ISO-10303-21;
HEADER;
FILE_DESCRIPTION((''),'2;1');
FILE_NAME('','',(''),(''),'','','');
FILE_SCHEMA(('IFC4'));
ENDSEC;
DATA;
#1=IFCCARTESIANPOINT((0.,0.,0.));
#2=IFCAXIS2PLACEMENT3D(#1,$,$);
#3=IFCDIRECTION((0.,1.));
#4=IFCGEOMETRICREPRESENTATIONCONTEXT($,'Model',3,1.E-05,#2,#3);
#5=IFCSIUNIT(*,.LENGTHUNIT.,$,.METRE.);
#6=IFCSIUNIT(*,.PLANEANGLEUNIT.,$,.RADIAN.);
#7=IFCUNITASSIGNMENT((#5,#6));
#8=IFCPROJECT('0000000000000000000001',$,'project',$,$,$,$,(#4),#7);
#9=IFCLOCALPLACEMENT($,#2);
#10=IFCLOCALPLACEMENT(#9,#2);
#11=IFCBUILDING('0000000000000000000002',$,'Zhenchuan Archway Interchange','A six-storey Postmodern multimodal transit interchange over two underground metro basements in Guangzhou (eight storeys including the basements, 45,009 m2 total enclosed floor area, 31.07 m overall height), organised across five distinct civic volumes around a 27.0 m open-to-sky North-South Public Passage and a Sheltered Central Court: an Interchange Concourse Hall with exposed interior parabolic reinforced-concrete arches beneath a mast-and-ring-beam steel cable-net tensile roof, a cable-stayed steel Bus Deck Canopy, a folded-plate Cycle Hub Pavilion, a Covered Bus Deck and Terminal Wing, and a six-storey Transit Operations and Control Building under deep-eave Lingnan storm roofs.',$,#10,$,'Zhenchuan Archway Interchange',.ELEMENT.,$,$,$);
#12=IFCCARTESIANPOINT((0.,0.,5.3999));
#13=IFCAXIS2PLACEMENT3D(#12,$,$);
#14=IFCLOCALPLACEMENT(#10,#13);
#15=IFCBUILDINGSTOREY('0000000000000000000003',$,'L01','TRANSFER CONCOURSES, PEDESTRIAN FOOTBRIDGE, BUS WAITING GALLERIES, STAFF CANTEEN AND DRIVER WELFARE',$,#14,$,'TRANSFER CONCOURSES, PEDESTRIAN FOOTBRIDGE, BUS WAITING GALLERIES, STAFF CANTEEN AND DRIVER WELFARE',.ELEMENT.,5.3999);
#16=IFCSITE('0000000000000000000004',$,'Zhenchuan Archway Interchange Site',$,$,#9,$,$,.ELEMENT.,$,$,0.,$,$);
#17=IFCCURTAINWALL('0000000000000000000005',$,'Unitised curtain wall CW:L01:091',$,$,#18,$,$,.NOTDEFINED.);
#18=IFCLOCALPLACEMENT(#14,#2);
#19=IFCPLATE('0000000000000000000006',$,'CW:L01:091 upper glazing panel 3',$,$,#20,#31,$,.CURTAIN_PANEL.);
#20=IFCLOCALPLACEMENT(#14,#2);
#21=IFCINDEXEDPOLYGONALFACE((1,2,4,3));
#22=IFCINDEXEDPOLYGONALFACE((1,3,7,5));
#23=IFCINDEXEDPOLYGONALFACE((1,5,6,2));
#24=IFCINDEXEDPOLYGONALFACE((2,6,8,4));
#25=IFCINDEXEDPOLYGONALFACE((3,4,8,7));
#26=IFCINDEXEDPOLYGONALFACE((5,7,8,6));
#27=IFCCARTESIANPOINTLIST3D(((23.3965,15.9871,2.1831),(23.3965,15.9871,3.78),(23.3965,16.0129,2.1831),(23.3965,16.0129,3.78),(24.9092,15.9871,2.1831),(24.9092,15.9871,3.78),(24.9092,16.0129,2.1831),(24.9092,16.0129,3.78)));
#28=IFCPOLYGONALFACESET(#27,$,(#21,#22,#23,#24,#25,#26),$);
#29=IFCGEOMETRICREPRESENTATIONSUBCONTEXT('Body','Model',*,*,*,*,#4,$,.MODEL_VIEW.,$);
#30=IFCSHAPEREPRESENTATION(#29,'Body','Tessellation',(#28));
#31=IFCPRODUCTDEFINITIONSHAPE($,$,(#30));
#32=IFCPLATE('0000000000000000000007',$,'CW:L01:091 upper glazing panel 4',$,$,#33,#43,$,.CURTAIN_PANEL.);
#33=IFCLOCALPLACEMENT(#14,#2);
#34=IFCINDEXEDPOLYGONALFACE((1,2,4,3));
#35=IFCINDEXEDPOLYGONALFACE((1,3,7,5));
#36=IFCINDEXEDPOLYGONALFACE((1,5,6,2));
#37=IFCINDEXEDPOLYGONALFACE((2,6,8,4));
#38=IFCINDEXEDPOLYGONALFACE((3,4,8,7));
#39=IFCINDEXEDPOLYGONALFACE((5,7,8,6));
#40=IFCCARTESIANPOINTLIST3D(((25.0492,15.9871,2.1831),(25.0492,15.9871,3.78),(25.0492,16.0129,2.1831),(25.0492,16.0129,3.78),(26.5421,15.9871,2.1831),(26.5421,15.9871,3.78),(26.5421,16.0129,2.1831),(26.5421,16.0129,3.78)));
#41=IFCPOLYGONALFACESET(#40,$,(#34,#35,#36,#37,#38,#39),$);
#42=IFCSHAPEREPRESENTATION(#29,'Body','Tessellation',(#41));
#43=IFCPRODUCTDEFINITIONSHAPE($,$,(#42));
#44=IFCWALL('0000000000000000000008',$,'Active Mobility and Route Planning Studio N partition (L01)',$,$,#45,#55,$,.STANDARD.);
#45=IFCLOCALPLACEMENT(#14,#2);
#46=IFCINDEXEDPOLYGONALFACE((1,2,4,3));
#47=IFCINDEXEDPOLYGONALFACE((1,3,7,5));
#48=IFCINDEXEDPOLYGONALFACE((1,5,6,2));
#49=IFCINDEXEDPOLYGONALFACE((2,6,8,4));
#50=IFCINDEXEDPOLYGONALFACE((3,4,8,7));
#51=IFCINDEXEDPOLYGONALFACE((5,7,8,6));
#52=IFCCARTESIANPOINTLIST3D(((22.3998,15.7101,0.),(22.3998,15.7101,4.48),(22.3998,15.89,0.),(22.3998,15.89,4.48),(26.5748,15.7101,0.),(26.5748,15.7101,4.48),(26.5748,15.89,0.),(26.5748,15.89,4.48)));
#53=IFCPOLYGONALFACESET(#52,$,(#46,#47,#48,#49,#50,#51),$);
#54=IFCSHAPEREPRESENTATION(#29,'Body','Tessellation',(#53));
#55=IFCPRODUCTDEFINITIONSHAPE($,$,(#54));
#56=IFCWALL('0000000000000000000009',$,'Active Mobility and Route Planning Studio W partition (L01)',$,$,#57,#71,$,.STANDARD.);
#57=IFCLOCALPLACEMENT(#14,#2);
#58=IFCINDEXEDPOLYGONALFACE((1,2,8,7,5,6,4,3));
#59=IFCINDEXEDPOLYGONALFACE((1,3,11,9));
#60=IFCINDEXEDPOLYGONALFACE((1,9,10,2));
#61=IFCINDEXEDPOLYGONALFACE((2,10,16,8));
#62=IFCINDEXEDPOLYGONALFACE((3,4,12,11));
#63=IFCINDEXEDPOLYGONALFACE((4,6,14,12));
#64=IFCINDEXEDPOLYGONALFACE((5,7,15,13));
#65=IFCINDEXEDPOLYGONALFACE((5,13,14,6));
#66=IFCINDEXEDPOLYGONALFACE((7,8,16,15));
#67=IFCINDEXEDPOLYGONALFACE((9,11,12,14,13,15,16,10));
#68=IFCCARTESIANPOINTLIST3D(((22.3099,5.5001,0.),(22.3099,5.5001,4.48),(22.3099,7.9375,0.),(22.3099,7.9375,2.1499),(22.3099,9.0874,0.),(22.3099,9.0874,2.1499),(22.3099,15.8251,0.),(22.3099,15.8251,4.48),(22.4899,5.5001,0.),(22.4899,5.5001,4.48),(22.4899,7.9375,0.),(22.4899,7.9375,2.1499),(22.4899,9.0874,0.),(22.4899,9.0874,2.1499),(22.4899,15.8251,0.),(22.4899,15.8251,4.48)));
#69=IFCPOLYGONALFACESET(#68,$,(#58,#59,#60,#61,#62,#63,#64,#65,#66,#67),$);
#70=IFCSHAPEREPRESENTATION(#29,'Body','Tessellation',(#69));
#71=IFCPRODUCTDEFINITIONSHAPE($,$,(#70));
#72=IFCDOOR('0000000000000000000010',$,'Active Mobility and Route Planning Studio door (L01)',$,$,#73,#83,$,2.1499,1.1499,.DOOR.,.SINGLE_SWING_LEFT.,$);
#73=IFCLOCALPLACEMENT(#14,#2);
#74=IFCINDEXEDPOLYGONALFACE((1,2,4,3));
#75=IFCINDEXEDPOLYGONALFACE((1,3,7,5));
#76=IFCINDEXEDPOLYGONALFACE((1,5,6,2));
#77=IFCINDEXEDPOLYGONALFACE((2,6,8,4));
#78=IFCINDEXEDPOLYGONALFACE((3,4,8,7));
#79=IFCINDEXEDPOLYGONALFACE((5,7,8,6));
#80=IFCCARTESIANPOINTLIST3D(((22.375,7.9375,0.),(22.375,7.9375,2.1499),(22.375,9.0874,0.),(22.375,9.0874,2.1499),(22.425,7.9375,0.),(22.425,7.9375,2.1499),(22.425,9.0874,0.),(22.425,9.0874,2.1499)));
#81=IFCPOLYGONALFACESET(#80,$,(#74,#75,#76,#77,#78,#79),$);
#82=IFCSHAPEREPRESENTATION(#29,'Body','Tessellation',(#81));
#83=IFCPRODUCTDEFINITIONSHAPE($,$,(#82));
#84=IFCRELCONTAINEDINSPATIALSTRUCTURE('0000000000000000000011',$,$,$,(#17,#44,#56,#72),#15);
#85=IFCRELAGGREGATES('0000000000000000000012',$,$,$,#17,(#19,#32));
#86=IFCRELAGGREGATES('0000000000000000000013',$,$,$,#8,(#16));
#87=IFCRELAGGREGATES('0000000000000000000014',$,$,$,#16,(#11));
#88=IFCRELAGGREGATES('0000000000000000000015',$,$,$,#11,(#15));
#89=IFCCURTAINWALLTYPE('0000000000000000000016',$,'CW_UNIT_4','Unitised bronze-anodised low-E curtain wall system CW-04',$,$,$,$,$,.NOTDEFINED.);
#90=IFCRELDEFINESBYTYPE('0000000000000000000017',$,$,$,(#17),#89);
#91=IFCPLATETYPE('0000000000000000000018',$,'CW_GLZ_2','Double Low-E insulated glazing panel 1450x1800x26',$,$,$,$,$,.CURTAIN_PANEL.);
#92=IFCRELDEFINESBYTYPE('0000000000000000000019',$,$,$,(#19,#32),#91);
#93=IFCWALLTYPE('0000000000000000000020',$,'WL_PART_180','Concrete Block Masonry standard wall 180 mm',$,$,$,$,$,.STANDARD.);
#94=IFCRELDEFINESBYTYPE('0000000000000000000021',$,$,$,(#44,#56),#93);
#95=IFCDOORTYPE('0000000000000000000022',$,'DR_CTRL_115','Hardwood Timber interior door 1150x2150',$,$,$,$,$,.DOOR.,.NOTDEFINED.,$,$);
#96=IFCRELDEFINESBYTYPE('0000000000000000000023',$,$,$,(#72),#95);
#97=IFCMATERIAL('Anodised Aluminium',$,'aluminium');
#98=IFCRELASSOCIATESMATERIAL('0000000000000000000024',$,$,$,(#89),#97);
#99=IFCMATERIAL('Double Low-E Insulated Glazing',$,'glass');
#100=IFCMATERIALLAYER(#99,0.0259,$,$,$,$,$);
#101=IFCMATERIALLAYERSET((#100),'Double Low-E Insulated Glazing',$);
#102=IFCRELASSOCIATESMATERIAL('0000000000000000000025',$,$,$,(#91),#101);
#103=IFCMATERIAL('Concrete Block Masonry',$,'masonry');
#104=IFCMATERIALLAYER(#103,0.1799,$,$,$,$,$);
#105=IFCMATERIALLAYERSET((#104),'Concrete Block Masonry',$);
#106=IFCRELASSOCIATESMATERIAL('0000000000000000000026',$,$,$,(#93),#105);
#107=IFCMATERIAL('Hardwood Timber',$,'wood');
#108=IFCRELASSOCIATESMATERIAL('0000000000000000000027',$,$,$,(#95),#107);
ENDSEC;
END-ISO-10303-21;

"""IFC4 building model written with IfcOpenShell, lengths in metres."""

from ifc_helpers import new_model, si_unit, direction, frame, frame_2d, origin, origin_2d, place, context, subcontext, project, spatial, rectangle, extrude, material, layer, layer_set, type_object, element, fill, aggregate, save


model = new_model("IFC4")

# Units and contexts
model_context = context("Model", 3, precision=1e-05, world=origin(), true_north=direction((0.0, 1.0)))
body_context = subcontext(model_context, "Body", "Model", "MODEL_VIEW")
ifc_project = project(units=[si_unit("LENGTHUNIT", "METRE"), si_unit("PLANEANGLEUNIT", "RADIAN")], contexts=[model_context])

# Site, building, storey
site_placement = place(None, origin())
site = spatial("IfcSite", under=ifc_project, at=site_placement, Name="Zhenchuan Archway Interchange Site", CompositionType="ELEMENT", RefElevation=0.0)
building_placement = place(site_placement, origin())
building = spatial("IfcBuilding", under=site, at=building_placement, Name="Zhenchuan Archway Interchange", Description="A six-storey Postmodern multimodal transit interchange over two underground metro basements in Guangzhou (eight storeys including the basements, 45,009 m2 total enclosed floor area, 31.07 m overall height), organised across five distinct civic volumes around a 27.0 m open-to-sky North-South Public Passage and a Sheltered Central Court: an Interchange Concourse Hall with exposed interior parabolic reinforced-concrete arches beneath a mast-and-ring-beam steel cable-net tensile roof, a cable-stayed steel Bus Deck Canopy, a folded-plate Cycle Hub Pavilion, a Covered Bus Deck and Terminal Wing, and a six-storey Transit Operations and Control Building under deep-eave Lingnan storm roofs.", LongName="Zhenchuan Archway Interchange", CompositionType="ELEMENT")
storey_placement = place(building_placement, frame((0.0, 0.0, 5.3999)))
storey = spatial("IfcBuildingStorey", under=building, at=storey_placement, Name="L01", Description="TRANSFER CONCOURSES, PEDESTRIAN FOOTBRIDGE, BUS WAITING GALLERIES, STAFF CANTEEN AND DRIVER WELFARE", LongName="TRANSFER CONCOURSES, PEDESTRIAN FOOTBRIDGE, BUS WAITING GALLERIES, STAFF CANTEEN AND DRIVER WELFARE", CompositionType="ELEMENT", Elevation=5.3999)

# Curtain wall
ifc_material_1 = material(Name="Anodised Aluminium", Category="aluminium")
curtain_wall_type = type_object("IfcCurtainWallType", Name="CW_UNIT_4", Description="Unitised bronze-anodised low-E curtain wall system CW-04", PredefinedType="NOTDEFINED", material=ifc_material_1)
curtain_wall_placement = place(storey_placement, origin())
curtain_wall = element("IfcCurtainWall", 1, at=curtain_wall_placement, inside=storey, type_object=curtain_wall_type, Name="Unitised curtain wall CW:L01:091", PredefinedType="NOTDEFINED")

# Plates
ifc_material_2 = material(Name="Double Low-E Insulated Glazing", Category="glass")
ifc_layer_1 = layer(ifc_material_2, 0.0259)
ifc_layer_set_1 = layer_set([ifc_layer_1], Name="Double Low-E Insulated Glazing")
plate_type_1 = type_object("IfcPlateType", Name="CW_GLZ_2", Description="Double Low-E insulated glazing panel 1450x1800x26", PredefinedType="CURTAIN_PANEL", material=ifc_layer_set_1)
plate_1_placement = place(storey_placement, frame((24.1528, 16.0, 2.1831), z_axis=(0.0, 0.0, 1.0), x_axis=(1.0, 0.0, 0.0)))
plate_1 = element("IfcPlate", 2, at=plate_1_placement, type_object=plate_type_1, Name="CW:L01:091 upper glazing panel 3", PredefinedType="CURTAIN_PANEL", context=body_context, shape_type="SweptSolid", body=[
    extrude(rectangle(XDim=1.5127, YDim=0.0259, at=origin_2d()), origin(), (0.0, 0.0, 1.0), 1.5969),
])
plate_2_placement = place(storey_placement, frame((25.7957, 16.0, 2.1831), z_axis=(0.0, 0.0, 1.0), x_axis=(1.0, 0.0, 0.0)))
plate_2 = element("IfcPlate", 3, at=plate_2_placement, type_object=plate_type_1, Name="CW:L01:091 upper glazing panel 4", PredefinedType="CURTAIN_PANEL", context=body_context, shape_type="SweptSolid", body=[
    extrude(rectangle(XDim=1.4929, YDim=0.0259, at=origin_2d()), origin(), (0.0, 0.0, 1.0), 1.5969),
])
aggregate(curtain_wall, [plate_1, plate_2])

# Wall
ifc_material_3 = material(Name="Concrete Block Masonry", Category="masonry")
ifc_layer_2 = layer(ifc_material_3, 0.1799)
ifc_layer_set_2 = layer_set([ifc_layer_2], Name="Concrete Block Masonry")
wall_type = type_object("IfcWallType", Name="WL_PART_180", Description="Concrete Block Masonry standard wall 180 mm", PredefinedType="STANDARD", material=ifc_layer_set_2)
wall_1_placement = place(storey_placement, frame((22.3999, 15.8, 0.0), z_axis=(0.0, 0.0, 1.0), x_axis=(1.0, 0.0, 0.0)))
element("IfcWall", 4, at=wall_1_placement, inside=storey, type_object=wall_type, Name="Active Mobility and Route Planning Studio N partition (L01)", PredefinedType="STANDARD", context=body_context, shape_type="SweptSolid", body=[
    extrude(rectangle(XDim=4.175, YDim=0.1799, at=frame_2d((2.0874, 0.0))), origin(), (0.0, 0.0, 1.0), 4.48),
])

# Wall, opening, door
wall_2_placement = place(storey_placement, frame((22.3999, 5.5, 0.0), z_axis=(0.0, 0.0, 1.0), x_axis=(0.0, 1.0, 0.0)))
wall_2 = element("IfcWall", 5, at=wall_2_placement, inside=storey, type_object=wall_type, Name="Active Mobility and Route Planning Studio W partition (L01)", PredefinedType="STANDARD", context=body_context, shape_type="SweptSolid", body=[
    extrude(rectangle(XDim=10.325, YDim=0.1799, at=frame_2d((5.1626, 0.0))), origin(), (0.0, 0.0, 1.0), 4.48),
])
opening_placement = place(wall_2_placement, frame((2.4375, 0.0, 0.0)))
opening = element("IfcOpeningElement", 6, at=opening_placement, cuts=wall_2, PredefinedType="OPENING", context=body_context, shape_type="SweptSolid", body=[
    extrude(rectangle(XDim=1.1499, YDim=2.1499, at=frame_2d((0.575, 1.075))), frame((0.0, 0.1021, 0.0), z_axis=(0.0, -1.0, 0.0), x_axis=(1.0, 0.0, 0.0)), (0.0, 0.0, 1.0), 0.2039),
])
ifc_material_4 = material(Name="Hardwood Timber", Category="wood")
door_type = type_object("IfcDoorType", Name="DR_CTRL_115", Description="Hardwood Timber interior door 1150x2150", OperationType="NOTDEFINED", PredefinedType="DOOR", material=ifc_material_4)
door_placement = place(opening_placement, origin())
door = element("IfcDoor", 7, at=door_placement, inside=storey, type_object=door_type, Name="Active Mobility and Route Planning Studio door (L01)", OperationType="SINGLE_SWING_LEFT", OverallHeight=2.1499, OverallWidth=1.1499, PredefinedType="DOOR", context=body_context, shape_type="SweptSolid", body=[
    extrude(rectangle(XDim=1.1499, YDim=2.1499, at=frame_2d((0.575, 1.075))), frame((0.0, 0.0249, 0.0), z_axis=(0.0, -1.0, 0.0), x_axis=(1.0, 0.0, 0.0)), (0.0, 0.0, 1.0), 0.05),
])
fill(opening, door)

save(model, "model.ifc")
